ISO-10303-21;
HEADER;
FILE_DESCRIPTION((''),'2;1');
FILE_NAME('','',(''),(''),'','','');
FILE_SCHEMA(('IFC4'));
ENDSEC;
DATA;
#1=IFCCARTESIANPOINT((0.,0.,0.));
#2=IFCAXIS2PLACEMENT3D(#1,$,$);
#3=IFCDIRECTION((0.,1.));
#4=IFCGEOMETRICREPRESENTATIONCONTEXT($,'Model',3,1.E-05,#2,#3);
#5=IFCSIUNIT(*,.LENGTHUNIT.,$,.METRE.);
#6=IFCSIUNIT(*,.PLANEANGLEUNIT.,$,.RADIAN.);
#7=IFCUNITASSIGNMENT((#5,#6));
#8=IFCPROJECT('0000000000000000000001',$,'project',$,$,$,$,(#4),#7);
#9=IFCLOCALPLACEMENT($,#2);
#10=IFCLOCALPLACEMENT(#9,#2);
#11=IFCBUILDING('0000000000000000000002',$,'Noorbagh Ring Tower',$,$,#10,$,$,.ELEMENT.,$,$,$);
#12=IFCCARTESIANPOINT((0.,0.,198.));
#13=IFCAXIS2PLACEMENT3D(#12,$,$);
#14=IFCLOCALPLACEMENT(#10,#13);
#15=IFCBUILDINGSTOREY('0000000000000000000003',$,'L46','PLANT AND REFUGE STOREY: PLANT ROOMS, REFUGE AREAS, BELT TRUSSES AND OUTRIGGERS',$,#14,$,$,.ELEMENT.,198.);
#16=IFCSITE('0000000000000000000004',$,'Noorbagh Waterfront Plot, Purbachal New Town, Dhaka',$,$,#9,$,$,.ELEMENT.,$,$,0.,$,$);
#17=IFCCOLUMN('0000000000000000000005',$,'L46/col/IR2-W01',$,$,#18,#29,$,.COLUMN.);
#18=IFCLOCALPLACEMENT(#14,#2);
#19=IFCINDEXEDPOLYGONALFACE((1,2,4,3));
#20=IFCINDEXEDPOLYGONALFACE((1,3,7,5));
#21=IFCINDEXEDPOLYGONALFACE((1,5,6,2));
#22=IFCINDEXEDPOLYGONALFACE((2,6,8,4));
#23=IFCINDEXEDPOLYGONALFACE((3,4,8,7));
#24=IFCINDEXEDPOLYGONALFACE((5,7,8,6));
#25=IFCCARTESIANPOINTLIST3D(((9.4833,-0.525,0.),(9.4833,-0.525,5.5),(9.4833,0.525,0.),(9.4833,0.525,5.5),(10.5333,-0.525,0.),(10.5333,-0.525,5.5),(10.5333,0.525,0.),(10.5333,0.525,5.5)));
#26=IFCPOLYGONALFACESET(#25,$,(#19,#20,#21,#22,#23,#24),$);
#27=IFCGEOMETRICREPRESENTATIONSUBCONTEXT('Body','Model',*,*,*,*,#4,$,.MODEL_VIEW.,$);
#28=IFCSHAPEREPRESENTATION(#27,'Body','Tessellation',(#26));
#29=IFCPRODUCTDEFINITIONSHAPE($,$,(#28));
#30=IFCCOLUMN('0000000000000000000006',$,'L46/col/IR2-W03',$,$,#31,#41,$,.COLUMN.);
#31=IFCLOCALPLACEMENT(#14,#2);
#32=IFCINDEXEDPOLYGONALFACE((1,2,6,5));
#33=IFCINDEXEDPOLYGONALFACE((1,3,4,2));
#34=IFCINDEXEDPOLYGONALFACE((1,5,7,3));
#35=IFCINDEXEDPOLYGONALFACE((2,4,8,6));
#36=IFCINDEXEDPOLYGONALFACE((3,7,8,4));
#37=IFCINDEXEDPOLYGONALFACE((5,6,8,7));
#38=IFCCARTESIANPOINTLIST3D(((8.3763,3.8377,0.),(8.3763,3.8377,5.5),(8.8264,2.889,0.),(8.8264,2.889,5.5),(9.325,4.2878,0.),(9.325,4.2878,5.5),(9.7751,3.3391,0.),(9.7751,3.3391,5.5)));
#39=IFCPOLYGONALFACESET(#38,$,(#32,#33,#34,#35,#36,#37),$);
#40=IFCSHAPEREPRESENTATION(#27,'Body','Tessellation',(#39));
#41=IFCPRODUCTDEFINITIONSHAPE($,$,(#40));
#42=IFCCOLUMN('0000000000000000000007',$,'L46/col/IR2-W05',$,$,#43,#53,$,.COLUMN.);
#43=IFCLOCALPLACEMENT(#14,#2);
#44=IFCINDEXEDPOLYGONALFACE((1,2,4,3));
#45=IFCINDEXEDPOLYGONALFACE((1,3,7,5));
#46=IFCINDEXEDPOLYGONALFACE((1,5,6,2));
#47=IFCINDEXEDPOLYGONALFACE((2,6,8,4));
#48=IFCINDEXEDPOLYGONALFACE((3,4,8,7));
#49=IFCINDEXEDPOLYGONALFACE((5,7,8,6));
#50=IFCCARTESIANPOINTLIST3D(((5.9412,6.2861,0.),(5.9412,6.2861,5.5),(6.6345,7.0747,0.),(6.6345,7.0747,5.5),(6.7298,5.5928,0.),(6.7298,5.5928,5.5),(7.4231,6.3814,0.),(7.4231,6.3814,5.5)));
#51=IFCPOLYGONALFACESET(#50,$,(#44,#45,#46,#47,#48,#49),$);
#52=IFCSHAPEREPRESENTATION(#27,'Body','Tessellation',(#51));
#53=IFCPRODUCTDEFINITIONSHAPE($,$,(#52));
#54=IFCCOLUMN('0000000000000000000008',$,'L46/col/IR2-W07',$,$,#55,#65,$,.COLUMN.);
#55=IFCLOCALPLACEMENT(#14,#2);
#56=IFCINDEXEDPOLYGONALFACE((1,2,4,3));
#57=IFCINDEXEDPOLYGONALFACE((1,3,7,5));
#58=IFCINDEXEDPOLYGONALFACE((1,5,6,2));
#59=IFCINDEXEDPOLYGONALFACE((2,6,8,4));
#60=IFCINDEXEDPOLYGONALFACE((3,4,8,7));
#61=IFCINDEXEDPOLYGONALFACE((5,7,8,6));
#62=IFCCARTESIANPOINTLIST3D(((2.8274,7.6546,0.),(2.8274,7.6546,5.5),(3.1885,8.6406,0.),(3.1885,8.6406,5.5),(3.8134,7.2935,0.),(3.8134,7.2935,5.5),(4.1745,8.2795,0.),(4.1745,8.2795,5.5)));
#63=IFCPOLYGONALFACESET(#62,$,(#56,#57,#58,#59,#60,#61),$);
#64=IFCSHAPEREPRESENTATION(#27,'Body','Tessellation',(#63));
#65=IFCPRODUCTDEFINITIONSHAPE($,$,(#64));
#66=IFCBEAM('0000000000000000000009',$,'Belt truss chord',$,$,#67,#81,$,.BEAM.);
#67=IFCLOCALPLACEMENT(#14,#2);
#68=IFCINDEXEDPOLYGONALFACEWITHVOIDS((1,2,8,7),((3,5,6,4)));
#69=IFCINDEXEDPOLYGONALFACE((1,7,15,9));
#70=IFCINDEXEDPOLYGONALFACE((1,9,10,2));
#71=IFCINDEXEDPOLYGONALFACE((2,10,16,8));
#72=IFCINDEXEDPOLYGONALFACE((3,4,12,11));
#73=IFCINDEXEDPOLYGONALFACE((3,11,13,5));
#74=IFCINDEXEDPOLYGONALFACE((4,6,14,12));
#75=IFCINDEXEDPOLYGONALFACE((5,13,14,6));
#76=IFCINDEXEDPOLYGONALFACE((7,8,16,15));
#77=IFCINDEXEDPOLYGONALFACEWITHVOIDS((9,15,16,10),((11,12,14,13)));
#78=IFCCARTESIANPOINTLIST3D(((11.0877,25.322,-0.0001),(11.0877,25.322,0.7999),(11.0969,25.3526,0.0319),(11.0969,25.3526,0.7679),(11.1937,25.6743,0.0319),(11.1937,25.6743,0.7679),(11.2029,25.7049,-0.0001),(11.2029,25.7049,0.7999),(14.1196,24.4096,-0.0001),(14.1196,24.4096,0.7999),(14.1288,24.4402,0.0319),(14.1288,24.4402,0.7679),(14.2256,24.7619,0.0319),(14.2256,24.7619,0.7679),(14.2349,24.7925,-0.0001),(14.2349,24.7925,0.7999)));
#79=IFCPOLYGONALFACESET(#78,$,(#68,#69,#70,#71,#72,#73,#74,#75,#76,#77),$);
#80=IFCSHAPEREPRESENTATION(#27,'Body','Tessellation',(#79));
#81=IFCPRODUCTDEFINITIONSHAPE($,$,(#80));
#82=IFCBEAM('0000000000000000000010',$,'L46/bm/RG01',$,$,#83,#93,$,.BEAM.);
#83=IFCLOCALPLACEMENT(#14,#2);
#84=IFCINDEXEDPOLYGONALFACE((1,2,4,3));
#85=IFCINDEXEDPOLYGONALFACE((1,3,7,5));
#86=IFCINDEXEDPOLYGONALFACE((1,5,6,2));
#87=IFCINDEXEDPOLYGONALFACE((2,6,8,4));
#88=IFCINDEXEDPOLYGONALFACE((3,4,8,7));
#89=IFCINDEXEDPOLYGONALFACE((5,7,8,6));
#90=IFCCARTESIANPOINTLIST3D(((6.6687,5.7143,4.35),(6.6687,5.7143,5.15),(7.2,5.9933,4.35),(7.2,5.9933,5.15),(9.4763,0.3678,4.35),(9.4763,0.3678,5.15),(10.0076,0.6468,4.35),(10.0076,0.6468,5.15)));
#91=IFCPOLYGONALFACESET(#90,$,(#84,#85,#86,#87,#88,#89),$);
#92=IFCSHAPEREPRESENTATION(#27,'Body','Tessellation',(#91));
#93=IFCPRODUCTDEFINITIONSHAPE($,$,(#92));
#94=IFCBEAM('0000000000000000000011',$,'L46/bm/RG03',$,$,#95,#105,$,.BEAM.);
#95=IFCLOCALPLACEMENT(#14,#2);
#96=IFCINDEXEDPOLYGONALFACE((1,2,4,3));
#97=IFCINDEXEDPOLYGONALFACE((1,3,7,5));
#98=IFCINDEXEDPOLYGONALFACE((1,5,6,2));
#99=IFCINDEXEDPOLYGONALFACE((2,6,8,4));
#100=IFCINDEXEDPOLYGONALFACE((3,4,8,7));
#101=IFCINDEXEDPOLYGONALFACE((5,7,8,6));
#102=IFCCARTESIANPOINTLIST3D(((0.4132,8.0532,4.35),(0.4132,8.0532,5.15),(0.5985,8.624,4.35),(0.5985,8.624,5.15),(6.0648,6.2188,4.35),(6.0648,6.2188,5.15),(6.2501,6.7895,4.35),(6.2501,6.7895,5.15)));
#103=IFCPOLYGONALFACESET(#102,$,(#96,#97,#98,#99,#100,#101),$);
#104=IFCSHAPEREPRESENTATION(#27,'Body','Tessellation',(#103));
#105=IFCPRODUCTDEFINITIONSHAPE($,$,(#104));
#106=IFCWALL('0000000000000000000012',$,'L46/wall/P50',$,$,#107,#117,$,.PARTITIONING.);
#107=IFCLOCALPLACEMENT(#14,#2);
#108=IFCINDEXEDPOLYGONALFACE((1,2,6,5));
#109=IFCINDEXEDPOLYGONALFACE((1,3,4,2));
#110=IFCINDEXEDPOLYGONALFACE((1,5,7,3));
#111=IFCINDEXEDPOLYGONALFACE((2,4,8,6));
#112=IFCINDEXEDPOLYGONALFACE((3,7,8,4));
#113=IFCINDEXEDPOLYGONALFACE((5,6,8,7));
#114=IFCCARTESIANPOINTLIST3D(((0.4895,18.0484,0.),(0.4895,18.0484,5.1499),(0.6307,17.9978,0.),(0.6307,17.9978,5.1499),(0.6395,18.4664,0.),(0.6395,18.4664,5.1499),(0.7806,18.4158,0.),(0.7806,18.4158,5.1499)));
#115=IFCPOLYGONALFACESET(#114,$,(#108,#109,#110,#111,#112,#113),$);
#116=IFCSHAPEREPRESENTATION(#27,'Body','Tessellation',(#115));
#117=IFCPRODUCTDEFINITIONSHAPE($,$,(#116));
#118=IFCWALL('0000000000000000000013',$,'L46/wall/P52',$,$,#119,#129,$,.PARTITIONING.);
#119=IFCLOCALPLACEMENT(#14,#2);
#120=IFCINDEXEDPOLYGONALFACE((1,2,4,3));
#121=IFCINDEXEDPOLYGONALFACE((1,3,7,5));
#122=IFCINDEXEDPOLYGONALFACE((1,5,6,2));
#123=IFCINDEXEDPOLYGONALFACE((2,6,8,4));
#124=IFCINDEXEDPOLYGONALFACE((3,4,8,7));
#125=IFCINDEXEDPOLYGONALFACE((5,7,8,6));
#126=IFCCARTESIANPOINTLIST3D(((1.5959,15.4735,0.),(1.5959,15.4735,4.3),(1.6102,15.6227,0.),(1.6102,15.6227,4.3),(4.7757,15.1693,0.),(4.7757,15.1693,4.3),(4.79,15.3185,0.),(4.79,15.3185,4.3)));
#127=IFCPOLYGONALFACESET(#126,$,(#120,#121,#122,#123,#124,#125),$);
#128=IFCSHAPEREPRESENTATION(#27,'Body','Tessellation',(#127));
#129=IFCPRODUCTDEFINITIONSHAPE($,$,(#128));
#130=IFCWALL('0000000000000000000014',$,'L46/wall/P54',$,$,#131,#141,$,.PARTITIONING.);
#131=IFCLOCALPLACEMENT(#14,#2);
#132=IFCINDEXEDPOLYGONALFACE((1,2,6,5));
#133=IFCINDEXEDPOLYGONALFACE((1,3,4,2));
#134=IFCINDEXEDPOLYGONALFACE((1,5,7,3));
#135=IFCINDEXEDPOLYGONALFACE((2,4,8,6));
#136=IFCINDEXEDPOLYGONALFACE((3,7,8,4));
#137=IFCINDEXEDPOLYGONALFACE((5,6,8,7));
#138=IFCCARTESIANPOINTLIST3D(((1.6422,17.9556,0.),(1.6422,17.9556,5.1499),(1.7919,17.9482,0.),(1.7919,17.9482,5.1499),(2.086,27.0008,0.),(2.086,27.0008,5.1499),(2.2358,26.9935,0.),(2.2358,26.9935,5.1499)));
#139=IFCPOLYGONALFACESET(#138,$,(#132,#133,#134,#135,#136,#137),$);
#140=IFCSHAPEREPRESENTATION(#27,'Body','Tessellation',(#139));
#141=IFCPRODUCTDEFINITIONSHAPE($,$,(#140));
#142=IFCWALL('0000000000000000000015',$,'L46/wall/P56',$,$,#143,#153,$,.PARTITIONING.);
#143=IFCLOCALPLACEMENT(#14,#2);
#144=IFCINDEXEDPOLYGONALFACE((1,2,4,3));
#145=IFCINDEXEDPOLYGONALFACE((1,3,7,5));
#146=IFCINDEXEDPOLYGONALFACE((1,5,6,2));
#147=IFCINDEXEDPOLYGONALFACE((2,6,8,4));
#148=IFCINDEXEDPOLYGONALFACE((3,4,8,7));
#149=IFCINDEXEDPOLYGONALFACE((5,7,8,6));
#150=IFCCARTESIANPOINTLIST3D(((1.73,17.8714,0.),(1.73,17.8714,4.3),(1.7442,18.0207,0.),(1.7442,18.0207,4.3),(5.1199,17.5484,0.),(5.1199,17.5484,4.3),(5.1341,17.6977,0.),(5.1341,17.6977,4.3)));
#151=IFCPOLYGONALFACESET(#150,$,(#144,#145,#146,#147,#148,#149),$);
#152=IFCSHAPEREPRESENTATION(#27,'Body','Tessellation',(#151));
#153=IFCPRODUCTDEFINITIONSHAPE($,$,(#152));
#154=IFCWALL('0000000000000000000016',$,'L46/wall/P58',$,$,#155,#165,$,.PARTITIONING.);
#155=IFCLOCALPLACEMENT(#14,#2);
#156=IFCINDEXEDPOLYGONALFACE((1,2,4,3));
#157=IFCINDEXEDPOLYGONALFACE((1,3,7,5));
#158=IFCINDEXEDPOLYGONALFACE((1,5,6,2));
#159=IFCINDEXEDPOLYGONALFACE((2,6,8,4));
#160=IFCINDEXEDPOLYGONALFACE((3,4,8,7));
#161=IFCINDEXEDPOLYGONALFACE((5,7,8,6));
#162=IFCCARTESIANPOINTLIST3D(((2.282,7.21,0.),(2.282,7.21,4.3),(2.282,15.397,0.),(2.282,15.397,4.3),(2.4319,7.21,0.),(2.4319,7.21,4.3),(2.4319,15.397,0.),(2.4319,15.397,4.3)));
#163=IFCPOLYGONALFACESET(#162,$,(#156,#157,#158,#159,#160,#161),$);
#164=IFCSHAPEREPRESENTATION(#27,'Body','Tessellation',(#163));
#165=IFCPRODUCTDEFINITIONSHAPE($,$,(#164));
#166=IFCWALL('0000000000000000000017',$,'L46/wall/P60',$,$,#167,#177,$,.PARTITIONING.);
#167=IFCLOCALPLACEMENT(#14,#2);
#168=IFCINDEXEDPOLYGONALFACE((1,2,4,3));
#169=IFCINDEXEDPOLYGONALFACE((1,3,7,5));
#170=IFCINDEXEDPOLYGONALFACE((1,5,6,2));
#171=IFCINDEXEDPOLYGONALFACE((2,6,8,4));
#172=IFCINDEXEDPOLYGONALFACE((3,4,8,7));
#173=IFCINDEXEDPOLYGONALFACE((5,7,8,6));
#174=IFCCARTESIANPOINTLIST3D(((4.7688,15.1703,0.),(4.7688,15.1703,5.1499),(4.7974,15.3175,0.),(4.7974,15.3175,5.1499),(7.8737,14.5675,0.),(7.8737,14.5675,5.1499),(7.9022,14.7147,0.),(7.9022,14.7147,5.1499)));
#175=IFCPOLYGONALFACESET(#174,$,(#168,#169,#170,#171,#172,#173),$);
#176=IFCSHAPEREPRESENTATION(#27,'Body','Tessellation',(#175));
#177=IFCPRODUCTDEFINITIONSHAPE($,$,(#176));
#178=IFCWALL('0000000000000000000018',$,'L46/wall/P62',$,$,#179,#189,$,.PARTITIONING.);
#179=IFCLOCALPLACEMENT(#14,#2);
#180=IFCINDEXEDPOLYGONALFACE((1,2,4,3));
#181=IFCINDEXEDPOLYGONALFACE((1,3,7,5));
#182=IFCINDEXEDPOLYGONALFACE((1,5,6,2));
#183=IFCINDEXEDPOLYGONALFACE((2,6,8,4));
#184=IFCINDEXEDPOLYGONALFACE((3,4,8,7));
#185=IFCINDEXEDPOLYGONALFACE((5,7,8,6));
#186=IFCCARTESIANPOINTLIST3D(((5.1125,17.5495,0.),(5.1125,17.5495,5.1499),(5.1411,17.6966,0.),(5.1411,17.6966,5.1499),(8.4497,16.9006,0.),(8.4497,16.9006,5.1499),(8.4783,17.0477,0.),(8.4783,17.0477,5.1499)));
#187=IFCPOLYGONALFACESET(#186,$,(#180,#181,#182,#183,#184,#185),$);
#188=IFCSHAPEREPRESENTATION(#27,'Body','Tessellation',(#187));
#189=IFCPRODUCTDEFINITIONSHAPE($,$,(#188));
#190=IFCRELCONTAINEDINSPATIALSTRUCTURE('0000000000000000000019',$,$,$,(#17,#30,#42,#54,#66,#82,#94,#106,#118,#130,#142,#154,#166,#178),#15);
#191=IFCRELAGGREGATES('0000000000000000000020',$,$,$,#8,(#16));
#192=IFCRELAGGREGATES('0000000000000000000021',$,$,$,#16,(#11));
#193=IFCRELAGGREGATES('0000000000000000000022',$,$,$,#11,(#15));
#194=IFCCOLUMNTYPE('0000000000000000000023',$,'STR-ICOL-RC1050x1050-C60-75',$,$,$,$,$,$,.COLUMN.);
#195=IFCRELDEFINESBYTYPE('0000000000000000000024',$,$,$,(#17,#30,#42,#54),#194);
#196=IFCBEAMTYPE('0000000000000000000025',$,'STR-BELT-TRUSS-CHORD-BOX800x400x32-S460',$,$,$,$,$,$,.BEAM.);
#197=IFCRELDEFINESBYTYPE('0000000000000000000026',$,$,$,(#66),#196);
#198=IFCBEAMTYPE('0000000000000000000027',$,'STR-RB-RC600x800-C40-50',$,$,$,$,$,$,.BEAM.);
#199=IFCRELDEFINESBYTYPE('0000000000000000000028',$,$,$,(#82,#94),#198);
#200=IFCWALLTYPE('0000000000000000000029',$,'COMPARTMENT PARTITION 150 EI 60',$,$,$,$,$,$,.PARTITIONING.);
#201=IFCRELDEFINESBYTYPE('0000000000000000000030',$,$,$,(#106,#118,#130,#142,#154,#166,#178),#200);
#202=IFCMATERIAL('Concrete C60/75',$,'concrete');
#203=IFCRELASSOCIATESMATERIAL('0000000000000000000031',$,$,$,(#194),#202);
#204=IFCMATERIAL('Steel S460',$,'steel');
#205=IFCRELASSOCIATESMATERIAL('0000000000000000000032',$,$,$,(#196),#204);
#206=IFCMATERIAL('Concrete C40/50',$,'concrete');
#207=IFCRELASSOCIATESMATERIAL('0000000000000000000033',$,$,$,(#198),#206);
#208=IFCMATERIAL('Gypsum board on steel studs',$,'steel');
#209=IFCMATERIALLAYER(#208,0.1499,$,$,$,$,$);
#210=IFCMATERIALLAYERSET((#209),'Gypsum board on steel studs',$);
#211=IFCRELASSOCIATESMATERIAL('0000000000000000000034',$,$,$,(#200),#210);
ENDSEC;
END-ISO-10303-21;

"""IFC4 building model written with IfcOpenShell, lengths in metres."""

from ifc_helpers import new_model, si_unit, direction, frame, frame_2d, origin, origin_2d, place, context, subcontext, project, spatial, rectangle, hollow_rectangle, extrude, material, layer, layer_set, material_profile, profile_set, type_object, element, save


model = new_model("IFC4")

# Units and contexts
model_context = context("Model", 3, precision=1e-05, world=origin(), true_north=direction((0.0, 1.0)))
body_context = subcontext(model_context, "Body", "Model", "MODEL_VIEW")
ifc_project = project(units=[si_unit("LENGTHUNIT", "METRE"), si_unit("PLANEANGLEUNIT", "RADIAN")], contexts=[model_context])

# Site, building, storey
site_placement = place(None, origin())
site = spatial("IfcSite", under=ifc_project, at=site_placement, Name="Noorbagh Waterfront Plot, Purbachal New Town, Dhaka", CompositionType="ELEMENT", RefElevation=0.0)
building_placement = place(site_placement, origin())
building = spatial("IfcBuilding", under=site, at=building_placement, Name="Noorbagh Ring Tower", CompositionType="ELEMENT")
storey_placement = place(building_placement, frame((0.0, 0.0, 198.0)))
storey = spatial("IfcBuildingStorey", under=building, at=storey_placement, Name="L46", Description="PLANT AND REFUGE STOREY: PLANT ROOMS, REFUGE AREAS, BELT TRUSSES AND OUTRIGGERS", CompositionType="ELEMENT", Elevation=198.0)

# Columns
ifc_material_1 = material(Name="Concrete C60/75", Category="concrete")
ifc_material_profile_1 = material_profile(ifc_material_1, rectangle(XDim=1.05, YDim=1.05, at=origin_2d()), Name="RC1050x1050")
ifc_profile_set_1 = profile_set([ifc_material_profile_1], Name="Concrete C60/75")
column_type = type_object("IfcColumnType", Name="STR-ICOL-RC1050x1050-C60-75", PredefinedType="COLUMN", material=ifc_profile_set_1)
for number, where, z_axis, x_axis, name in (
    (1, (10.0083, 0.0, 0.0), (0.0, 0.0, 1.0), (0.0, 1.0, 0.0), "L46/col/IR2-W01"),
    (2, (9.0757, 3.5884, 0.0), (0.0, 0.0, 1.0), (-0.428667, 0.903463, 0.0), "L46/col/IR2-W03"),
    (3, (6.6821, 6.3337, 0.0), (0.0, 0.0, 1.0), (-0.751022, 0.660277, 0.0), "L46/col/IR2-W05"),
    (4, (3.501, 7.967, 0.0), (0.0, 0.0, 1.0), (-0.93902, 0.343864, 0.0), "L46/col/IR2-W07"),
):
    element("IfcColumn", number, at=place(storey_placement, frame(where, z_axis=z_axis, x_axis=x_axis)), inside=storey, type_object=column_type, Name=name, PredefinedType="COLUMN", context=body_context, shape_type="SweptSolid", body=[
        extrude(rectangle(XDim=1.05, YDim=1.05, at=origin_2d()), origin(), (0.0, 0.0, 1.0), 5.5),
    ])

# Beams
ifc_material_2 = material(Name="Steel S460", Category="steel")
ifc_material_profile_2 = material_profile(ifc_material_2, hollow_rectangle(XDim=0.3999, YDim=0.8, WallThickness=0.032, at=origin_2d()), Name="BOX800x400x32")
ifc_profile_set_2 = profile_set([ifc_material_profile_2], Name="Steel S460")
beam_type_1 = type_object("IfcBeamType", Name="STR-BELT-TRUSS-CHORD-BOX800x400x32-S460", PredefinedType="BEAM", material=ifc_profile_set_2)
beam_1_placement = place(storey_placement, frame((14.1772, 24.6011, 0.3999), z_axis=(-0.957586, 0.288147, 0.0), x_axis=(-0.288147, -0.957586, 0.0)))
element("IfcBeam", 5, at=beam_1_placement, inside=storey, type_object=beam_type_1, Name="Belt truss chord", PredefinedType="BEAM", context=body_context, shape_type="SweptSolid", body=[
    extrude(hollow_rectangle(XDim=0.3999, YDim=0.8, WallThickness=0.032, at=origin_2d()), origin(), (0.0, 0.0, 1.0), 3.1663),
])
ifc_material_3 = material(Name="Concrete C40/50", Category="concrete")
ifc_material_profile_3 = material_profile(ifc_material_3, rectangle(XDim=0.6001, YDim=0.8, at=origin_2d()), Name="RC600x800")
ifc_profile_set_3 = profile_set([ifc_material_profile_3], Name="Concrete C40/50")
beam_type_2 = type_object("IfcBeamType", Name="STR-RB-RC600x800-C40-50", PredefinedType="BEAM", material=ifc_profile_set_3)
beam_2_placement = place(storey_placement, frame((9.7419, 0.5073, 4.75), z_axis=(-0.46493, 0.885348, 0.0), x_axis=(-0.885348, -0.46493, 0.0)))
element("IfcBeam", 6, at=beam_2_placement, inside=storey, type_object=beam_type_2, Name="L46/bm/RG01", PredefinedType="BEAM", context=body_context, shape_type="SweptSolid", body=[
    extrude(rectangle(XDim=0.6001, YDim=0.8, at=origin_2d()), origin(), (0.0, 0.0, 1.0), 6.0388),
])
beam_3_placement = place(storey_placement, frame((6.1575, 6.5042, 4.75), z_axis=(-0.951148, 0.308736, 0.0), x_axis=(-0.308736, -0.951148, 0.0)))
element("IfcBeam", 7, at=beam_3_placement, inside=storey, type_object=beam_type_2, Name="L46/bm/RG03", PredefinedType="BEAM", context=body_context, shape_type="SweptSolid", body=[
    extrude(rectangle(XDim=0.6001, YDim=0.8, at=origin_2d()), origin(), (0.0, 0.0, 1.0), 5.9419),
])

# Walls
ifc_material_4 = material(Name="Gypsum board on steel studs", Category="steel")
ifc_layer = layer(ifc_material_4, 0.1499)
ifc_layer_set = layer_set([ifc_layer], Name="Gypsum board on steel studs")
wall_type = type_object("IfcWallType", Name="COMPARTMENT PARTITION 150 EI 60", PredefinedType="PARTITIONING", material=ifc_layer_set)
wall_1_placement = place(storey_placement, frame((0.5601, 18.0229, 0.0), z_axis=(0.0, 0.0, 1.0), x_axis=(0.33759, 0.941293, 0.0)))
element("IfcWall", 8, at=wall_1_placement, inside=storey, type_object=wall_type, Name="L46/wall/P50", PredefinedType="PARTITIONING", context=body_context, shape_type="SweptSolid", body=[
    extrude(rectangle(XDim=0.4441, YDim=0.1499, at=frame_2d((0.2222, 0.0))), origin(), (0.0, 0.0, 1.0), 5.1499),
])
wall_2_placement = place(storey_placement, frame((1.603, 15.5481, 0.0), z_axis=(0.0, 0.0, 1.0), x_axis=(0.995456, -0.095227, 0.0)))
element("IfcWall", 9, at=wall_2_placement, inside=storey, type_object=wall_type, Name="L46/wall/P52", PredefinedType="PARTITIONING", context=body_context, shape_type="SweptSolid", body=[
    extrude(rectangle(XDim=3.1943, YDim=0.1499, at=frame_2d((1.5972, 0.0))), origin(), (0.0, 0.0, 1.0), 4.3),
])
wall_3_placement = place(storey_placement, frame((1.717, 17.9519, 0.0), z_axis=(0.0, 0.0, 1.0), x_axis=(0.049011, 0.998798, 0.0)))
element("IfcWall", 10, at=wall_3_placement, inside=storey, type_object=wall_type, Name="L46/wall/P54", PredefinedType="PARTITIONING", context=body_context, shape_type="SweptSolid", body=[
    extrude(rectangle(XDim=9.0562, YDim=0.1499, at=frame_2d((4.5281, 0.0))), origin(), (0.0, 0.0, 1.0), 5.1499),
])
wall_4_placement = place(storey_placement, frame((1.7371, 17.946, 0.0), z_axis=(0.0, 0.0, 1.0), x_axis=(0.995491, -0.094853, 0.0)))
element("IfcWall", 11, at=wall_4_placement, inside=storey, type_object=wall_type, Name="L46/wall/P56", PredefinedType="PARTITIONING", context=body_context, shape_type="SweptSolid", body=[
    extrude(rectangle(XDim=3.4053, YDim=0.1499, at=frame_2d((1.7026, 0.0))), origin(), (0.0, 0.0, 1.0), 4.3),
])
wall_5_placement = place(storey_placement, frame((2.3569, 7.21, 0.0), z_axis=(0.0, 0.0, 1.0), x_axis=(0.0, 1.0, 0.0)))
element("IfcWall", 12, at=wall_5_placement, inside=storey, type_object=wall_type, Name="L46/wall/P58", PredefinedType="PARTITIONING", context=body_context, shape_type="SweptSolid", body=[
    extrude(rectangle(XDim=8.187, YDim=0.1499, at=frame_2d((4.0935, 0.0))), origin(), (0.0, 0.0, 1.0), 4.3),
])
wall_6_placement = place(storey_placement, frame((4.783, 15.2439, 0.0), z_axis=(0.0, 0.0, 1.0), x_axis=(0.981672, -0.190576, 0.0)))
element("IfcWall", 13, at=wall_6_placement, inside=storey, type_object=wall_type, Name="L46/wall/P60", PredefinedType="PARTITIONING", context=body_context, shape_type="SweptSolid", body=[
    extrude(rectangle(XDim=3.1628, YDim=0.1499, at=frame_2d((1.5815, 0.0))), origin(), (0.0, 0.0, 1.0), 5.1499),
])
wall_7_placement = place(storey_placement, frame((5.127, 17.623, 0.0), z_axis=(0.0, 0.0, 1.0), x_axis=(0.981614, -0.190879, 0.0)))
element("IfcWall", 14, at=wall_7_placement, inside=storey, type_object=wall_type, Name="L46/wall/P62", PredefinedType="PARTITIONING", context=body_context, shape_type="SweptSolid", body=[
    extrude(rectangle(XDim=3.3997, YDim=0.1499, at=frame_2d((1.6997, 0.0))), origin(), (0.0, 0.0, 1.0), 5.1499),
])

save(model, "model.ifc")
